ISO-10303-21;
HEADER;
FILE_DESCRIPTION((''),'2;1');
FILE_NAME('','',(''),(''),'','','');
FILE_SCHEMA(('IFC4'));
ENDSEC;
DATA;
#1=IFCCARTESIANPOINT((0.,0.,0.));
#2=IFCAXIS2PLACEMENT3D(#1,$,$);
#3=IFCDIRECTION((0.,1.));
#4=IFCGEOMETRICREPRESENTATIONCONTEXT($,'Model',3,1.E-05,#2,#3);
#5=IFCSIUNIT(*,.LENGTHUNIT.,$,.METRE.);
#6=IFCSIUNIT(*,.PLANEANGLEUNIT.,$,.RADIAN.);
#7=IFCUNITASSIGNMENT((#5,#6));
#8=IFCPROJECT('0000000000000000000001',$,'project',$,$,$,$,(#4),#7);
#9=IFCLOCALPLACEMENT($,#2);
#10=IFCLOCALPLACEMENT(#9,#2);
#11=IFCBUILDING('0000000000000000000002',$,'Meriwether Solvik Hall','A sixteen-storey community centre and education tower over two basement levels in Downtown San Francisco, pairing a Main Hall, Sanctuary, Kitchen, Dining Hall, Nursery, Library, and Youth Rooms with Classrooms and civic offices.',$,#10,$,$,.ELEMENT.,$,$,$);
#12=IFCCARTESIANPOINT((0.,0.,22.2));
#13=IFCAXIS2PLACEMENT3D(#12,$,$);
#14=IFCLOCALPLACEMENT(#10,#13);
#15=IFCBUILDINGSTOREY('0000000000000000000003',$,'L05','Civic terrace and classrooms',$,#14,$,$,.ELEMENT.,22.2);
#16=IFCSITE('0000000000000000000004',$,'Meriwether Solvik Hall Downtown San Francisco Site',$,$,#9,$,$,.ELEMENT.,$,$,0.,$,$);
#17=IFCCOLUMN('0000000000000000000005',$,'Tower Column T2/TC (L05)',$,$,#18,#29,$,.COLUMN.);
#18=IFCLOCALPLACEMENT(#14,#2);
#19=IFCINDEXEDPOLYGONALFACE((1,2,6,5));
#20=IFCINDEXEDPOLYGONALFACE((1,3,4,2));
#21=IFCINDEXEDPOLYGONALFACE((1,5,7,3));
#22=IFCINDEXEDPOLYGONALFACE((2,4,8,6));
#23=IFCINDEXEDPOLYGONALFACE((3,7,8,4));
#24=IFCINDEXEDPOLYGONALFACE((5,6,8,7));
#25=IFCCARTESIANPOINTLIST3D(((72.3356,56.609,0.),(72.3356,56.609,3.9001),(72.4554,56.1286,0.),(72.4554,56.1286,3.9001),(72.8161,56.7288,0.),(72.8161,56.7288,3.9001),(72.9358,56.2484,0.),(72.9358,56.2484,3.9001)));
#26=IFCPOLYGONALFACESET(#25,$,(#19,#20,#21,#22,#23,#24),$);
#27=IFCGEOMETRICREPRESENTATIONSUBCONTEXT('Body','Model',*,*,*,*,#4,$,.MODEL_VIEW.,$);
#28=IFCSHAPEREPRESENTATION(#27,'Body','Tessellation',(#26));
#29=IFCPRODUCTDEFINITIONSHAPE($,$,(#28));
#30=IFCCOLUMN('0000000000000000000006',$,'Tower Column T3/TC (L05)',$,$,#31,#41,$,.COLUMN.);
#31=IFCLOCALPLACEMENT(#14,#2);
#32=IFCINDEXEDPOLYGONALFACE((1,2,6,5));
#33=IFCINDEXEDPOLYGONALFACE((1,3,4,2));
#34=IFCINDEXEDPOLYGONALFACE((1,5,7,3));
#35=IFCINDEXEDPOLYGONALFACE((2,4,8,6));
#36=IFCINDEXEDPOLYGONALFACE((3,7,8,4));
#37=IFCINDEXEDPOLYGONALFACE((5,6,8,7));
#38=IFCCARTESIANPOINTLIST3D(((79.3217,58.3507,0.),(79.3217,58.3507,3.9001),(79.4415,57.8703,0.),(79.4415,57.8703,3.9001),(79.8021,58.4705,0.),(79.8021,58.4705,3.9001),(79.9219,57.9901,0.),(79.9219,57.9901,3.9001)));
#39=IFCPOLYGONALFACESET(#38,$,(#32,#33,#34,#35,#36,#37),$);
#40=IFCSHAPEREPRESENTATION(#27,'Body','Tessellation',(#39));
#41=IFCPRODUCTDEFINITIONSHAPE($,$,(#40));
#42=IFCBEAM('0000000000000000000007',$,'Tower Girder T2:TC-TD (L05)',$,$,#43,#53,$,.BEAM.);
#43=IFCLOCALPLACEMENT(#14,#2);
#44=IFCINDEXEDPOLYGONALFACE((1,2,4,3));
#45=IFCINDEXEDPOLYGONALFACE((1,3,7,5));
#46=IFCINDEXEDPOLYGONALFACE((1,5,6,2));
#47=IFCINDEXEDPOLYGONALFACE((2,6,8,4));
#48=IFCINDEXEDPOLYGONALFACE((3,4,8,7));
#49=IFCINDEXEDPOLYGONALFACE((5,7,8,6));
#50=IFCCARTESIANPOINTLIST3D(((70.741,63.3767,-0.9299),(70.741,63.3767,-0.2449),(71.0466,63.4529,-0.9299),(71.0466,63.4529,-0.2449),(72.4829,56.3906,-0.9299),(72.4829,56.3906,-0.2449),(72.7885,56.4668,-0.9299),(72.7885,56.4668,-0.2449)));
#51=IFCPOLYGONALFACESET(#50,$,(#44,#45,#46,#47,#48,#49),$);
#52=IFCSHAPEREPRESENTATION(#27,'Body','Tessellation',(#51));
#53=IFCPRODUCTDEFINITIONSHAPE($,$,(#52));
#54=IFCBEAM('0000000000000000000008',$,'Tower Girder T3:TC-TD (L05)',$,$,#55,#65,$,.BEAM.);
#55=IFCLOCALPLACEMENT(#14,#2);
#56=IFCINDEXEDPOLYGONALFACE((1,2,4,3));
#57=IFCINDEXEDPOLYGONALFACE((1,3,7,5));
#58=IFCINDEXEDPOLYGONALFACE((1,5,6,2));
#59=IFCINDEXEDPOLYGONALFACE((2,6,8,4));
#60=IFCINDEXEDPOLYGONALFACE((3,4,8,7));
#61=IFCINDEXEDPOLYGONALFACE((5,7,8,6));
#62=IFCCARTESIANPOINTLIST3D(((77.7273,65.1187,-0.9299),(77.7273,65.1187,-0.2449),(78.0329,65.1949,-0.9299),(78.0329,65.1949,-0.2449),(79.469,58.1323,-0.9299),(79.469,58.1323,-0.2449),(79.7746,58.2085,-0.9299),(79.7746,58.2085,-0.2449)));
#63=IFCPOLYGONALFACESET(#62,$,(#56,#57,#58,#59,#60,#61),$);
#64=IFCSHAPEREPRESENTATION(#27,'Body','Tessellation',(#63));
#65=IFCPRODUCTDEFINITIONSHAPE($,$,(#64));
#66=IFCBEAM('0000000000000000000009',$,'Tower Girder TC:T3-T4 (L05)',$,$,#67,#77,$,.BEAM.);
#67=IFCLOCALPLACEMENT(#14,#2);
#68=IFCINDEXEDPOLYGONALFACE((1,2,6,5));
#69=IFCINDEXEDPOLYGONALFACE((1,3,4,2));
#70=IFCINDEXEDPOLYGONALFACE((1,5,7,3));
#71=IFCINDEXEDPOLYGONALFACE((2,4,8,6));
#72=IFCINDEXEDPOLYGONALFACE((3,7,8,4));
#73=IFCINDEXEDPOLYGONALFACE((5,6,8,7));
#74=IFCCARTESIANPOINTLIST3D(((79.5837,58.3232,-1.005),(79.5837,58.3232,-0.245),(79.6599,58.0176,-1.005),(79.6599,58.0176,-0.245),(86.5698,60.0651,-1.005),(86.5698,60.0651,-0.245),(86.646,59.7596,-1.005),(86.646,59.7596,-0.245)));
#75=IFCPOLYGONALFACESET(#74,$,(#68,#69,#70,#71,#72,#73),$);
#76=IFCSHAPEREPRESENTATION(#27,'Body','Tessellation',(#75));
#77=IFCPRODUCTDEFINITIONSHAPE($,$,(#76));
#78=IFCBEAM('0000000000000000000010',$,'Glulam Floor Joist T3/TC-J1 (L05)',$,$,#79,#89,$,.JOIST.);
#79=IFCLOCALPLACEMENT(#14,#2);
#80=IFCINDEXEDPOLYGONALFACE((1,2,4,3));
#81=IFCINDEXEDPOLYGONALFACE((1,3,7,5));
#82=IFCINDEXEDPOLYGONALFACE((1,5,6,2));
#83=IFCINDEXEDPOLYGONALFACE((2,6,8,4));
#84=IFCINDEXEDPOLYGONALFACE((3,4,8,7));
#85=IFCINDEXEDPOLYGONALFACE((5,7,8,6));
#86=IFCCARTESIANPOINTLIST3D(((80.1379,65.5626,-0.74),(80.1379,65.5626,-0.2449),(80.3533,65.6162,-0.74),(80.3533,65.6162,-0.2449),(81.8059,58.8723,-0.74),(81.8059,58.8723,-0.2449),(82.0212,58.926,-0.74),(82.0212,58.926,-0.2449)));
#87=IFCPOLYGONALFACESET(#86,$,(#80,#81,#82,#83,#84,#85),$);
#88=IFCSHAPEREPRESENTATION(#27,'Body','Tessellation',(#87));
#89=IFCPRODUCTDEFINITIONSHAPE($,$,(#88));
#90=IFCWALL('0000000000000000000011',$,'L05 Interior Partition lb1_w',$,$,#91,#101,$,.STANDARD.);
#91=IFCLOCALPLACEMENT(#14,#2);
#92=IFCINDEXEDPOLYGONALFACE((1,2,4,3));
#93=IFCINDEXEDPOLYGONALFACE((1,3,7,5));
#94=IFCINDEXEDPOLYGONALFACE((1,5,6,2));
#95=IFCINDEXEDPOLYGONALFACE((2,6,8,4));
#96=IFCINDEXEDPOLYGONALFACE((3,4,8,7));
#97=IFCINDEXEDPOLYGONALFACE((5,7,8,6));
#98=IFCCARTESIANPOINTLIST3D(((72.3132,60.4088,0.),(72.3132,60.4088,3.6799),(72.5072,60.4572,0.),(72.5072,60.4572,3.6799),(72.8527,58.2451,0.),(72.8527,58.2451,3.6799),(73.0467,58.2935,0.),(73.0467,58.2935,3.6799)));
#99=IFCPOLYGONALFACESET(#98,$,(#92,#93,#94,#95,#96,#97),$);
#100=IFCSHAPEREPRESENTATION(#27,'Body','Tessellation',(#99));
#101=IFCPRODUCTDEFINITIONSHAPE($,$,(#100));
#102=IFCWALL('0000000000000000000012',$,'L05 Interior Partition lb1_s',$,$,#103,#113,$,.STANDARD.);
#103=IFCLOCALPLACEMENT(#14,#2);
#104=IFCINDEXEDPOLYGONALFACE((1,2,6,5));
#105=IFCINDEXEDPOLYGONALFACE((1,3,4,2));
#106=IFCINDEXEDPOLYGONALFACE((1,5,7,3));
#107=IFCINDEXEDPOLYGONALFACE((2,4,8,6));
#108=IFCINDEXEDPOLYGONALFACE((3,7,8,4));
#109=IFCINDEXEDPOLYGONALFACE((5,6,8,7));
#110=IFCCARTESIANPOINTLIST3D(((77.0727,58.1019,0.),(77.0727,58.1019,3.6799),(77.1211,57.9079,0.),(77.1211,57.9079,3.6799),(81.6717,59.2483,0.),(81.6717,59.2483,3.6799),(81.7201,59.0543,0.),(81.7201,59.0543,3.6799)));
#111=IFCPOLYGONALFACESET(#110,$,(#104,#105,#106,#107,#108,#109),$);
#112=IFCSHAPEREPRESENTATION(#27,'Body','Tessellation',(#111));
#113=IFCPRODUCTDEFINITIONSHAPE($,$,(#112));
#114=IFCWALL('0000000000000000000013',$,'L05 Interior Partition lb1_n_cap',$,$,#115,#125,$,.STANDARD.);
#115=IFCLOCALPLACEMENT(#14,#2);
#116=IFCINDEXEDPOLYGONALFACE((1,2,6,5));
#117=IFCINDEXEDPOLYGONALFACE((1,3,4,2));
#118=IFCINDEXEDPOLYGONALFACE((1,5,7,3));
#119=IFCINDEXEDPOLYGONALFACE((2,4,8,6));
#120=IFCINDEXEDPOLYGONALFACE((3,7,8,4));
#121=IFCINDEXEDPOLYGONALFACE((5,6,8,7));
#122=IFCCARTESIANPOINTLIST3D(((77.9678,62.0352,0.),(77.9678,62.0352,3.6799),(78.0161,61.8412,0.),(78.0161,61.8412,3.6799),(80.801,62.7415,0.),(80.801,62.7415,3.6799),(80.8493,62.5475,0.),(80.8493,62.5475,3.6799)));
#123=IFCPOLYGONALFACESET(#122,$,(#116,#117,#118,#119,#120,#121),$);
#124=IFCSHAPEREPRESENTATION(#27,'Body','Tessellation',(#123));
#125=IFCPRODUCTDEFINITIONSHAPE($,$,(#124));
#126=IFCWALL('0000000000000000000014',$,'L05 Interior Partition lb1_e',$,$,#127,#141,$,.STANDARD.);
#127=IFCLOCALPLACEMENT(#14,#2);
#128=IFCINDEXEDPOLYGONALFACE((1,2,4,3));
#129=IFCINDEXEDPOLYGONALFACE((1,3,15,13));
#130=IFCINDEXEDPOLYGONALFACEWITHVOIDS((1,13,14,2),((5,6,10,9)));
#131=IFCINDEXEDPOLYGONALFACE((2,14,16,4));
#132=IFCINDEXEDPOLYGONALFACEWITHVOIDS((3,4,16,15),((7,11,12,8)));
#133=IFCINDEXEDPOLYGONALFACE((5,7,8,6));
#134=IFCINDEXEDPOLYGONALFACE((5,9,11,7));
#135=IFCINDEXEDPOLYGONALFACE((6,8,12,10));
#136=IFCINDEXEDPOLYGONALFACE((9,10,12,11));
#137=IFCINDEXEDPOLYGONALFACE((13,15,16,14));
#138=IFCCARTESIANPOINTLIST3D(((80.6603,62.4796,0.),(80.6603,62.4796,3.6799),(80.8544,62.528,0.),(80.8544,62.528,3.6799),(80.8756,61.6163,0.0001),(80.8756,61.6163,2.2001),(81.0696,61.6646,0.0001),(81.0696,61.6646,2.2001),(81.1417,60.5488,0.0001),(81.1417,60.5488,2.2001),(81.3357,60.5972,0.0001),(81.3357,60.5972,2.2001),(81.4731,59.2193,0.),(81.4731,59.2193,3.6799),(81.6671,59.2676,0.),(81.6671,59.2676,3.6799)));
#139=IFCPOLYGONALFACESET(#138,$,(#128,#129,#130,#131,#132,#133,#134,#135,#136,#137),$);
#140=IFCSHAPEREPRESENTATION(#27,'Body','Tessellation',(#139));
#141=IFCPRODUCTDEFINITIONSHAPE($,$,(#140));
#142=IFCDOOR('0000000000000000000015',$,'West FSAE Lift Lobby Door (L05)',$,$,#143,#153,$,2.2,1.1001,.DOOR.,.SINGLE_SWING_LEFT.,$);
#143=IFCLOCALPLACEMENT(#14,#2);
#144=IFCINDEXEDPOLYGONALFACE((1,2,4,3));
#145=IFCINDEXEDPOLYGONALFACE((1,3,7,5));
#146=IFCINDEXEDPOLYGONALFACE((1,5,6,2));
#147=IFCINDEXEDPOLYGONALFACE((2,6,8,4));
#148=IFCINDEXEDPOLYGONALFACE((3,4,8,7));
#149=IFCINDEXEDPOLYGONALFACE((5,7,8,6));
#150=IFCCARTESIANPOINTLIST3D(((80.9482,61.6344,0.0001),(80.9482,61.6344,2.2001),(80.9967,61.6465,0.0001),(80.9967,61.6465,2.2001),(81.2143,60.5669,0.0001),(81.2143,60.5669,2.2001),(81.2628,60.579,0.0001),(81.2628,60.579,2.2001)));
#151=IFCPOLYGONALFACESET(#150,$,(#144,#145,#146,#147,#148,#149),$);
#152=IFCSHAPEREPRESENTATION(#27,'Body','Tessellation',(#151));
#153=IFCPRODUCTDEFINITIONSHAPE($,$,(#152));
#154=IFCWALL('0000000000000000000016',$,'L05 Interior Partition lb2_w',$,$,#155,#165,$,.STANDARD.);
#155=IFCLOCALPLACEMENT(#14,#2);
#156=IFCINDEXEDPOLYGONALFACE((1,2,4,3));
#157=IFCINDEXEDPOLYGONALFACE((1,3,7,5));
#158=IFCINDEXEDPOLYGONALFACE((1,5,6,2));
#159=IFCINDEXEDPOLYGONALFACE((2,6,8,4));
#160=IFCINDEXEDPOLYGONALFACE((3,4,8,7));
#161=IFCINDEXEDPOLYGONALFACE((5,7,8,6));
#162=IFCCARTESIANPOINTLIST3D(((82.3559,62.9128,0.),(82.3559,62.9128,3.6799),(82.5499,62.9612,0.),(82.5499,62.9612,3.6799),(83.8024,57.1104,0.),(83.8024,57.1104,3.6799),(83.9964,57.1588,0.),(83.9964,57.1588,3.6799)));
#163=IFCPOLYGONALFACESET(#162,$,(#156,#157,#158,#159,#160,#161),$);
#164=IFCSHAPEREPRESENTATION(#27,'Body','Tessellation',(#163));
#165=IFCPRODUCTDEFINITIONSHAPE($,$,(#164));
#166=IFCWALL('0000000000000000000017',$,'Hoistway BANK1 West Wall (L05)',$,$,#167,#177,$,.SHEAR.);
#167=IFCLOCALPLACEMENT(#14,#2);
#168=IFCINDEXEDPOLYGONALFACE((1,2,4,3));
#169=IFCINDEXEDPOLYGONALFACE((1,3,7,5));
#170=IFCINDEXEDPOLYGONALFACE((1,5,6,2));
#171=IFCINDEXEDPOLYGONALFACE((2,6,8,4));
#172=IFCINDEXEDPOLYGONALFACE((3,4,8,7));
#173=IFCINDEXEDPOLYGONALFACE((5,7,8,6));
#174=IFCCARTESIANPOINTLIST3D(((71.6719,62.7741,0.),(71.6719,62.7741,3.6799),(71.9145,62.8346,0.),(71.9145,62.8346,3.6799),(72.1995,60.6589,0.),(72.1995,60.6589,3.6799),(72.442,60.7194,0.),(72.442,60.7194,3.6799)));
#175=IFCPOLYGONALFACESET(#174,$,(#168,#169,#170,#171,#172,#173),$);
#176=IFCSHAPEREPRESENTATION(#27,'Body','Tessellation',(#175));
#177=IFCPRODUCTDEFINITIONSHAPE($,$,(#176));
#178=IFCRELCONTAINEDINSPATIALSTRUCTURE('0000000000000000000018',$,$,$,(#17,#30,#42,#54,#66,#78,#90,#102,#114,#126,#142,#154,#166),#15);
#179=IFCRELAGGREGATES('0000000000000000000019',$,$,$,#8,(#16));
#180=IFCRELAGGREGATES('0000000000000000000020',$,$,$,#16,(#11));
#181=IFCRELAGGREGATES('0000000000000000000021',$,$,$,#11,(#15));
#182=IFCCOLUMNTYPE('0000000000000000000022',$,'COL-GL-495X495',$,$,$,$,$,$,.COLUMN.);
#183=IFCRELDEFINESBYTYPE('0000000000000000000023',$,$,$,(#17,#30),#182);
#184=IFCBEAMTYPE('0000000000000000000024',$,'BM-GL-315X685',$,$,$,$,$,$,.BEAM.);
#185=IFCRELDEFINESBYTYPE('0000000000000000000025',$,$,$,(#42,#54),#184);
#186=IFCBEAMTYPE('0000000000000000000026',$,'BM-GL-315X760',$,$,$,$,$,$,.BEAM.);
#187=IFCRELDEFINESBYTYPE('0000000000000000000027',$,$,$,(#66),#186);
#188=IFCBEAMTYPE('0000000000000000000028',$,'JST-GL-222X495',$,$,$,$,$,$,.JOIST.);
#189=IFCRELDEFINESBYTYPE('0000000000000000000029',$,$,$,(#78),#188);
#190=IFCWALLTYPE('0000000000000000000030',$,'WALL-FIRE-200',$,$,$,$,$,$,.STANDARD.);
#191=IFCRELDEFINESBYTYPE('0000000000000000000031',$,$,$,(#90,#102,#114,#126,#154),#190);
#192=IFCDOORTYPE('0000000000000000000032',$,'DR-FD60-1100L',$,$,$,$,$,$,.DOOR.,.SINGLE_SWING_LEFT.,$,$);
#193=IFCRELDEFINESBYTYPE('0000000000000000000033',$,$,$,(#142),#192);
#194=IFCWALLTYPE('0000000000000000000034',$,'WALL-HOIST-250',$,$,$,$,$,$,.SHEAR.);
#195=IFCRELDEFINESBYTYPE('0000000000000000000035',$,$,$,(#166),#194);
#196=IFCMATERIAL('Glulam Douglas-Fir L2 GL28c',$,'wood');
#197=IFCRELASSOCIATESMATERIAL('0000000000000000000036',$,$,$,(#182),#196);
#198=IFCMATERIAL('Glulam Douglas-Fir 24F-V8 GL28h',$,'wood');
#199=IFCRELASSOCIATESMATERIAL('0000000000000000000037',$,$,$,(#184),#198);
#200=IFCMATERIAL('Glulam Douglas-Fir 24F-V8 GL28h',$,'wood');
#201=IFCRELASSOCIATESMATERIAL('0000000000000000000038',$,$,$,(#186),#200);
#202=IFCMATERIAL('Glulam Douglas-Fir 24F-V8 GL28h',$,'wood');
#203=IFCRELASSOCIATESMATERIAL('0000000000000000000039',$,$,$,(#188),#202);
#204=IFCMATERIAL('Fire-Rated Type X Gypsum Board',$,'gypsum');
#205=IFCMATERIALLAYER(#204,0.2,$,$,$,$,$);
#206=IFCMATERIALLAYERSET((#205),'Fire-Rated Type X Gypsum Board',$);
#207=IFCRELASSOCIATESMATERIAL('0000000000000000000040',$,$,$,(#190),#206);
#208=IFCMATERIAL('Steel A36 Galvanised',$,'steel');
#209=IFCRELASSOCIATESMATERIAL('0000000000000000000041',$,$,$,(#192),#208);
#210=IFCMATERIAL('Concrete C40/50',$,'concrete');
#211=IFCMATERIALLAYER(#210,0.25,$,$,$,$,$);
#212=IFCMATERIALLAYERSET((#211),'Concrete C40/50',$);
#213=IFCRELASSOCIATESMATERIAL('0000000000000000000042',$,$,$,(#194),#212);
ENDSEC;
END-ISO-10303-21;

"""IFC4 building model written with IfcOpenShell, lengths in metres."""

from ifc_helpers import new_model, si_unit, direction, frame, frame_2d, origin, origin_2d, place, context, subcontext, project, spatial, rectangle, extrude, material, layer, layer_set, material_profile, profile_set, type_object, element, fill, save


model = new_model("IFC4")

# Units and contexts
model_context = context("Model", 3, precision=1e-05, world=origin(), true_north=direction((0.0, 1.0)))
body_context = subcontext(model_context, "Body", "Model", "MODEL_VIEW")
ifc_project = project(units=[si_unit("LENGTHUNIT", "METRE"), si_unit("PLANEANGLEUNIT", "RADIAN")], contexts=[model_context])

# Site, building, storey
site_placement = place(None, origin())
site = spatial("IfcSite", under=ifc_project, at=site_placement, Name="Meriwether Solvik Hall Downtown San Francisco Site", CompositionType="ELEMENT", RefElevation=0.0)
building_placement = place(site_placement, origin())
building = spatial("IfcBuilding", under=site, at=building_placement, Name="Meriwether Solvik Hall", Description="A sixteen-storey community centre and education tower over two basement levels in Downtown San Francisco, pairing a Main Hall, Sanctuary, Kitchen, Dining Hall, Nursery, Library, and Youth Rooms with Classrooms and civic offices.", CompositionType="ELEMENT")
storey_placement = place(building_placement, frame((0.0, 0.0, 22.2)))
storey = spatial("IfcBuildingStorey", under=building, at=storey_placement, Name="L05", Description="Civic terrace and classrooms", CompositionType="ELEMENT", Elevation=22.2)

# Columns
ifc_material_1 = material(Name="Glulam Douglas-Fir L2 GL28c", Category="wood")
ifc_material_profile_1 = material_profile(ifc_material_1, rectangle(XDim=0.4951, YDim=0.4951, at=origin_2d()), Name="GLC-495X495")
ifc_profile_set_1 = profile_set([ifc_material_profile_1], Name="Glulam Douglas-Fir L2 GL28c")
column_type = type_object("IfcColumnType", Name="COL-GL-495X495", PredefinedType="COLUMN", material=ifc_profile_set_1)
for number, where, z_axis, x_axis, name in (
    (1, (72.6357, 56.4287, 0.0), (0.0, 0.0, 1.0), (0.970296, 0.241922, 0.0), "Tower Column T2/TC (L05)"),
    (2, (79.6218, 58.1704, 0.0), (0.0, 0.0, 1.0), (0.970296, 0.241922, 0.0), "Tower Column T3/TC (L05)"),
):
    element("IfcColumn", number, at=place(storey_placement, frame(where, z_axis=z_axis, x_axis=x_axis)), inside=storey, type_object=column_type, Name=name, PredefinedType="COLUMN", context=body_context, shape_type="SweptSolid", body=[
        extrude(rectangle(XDim=0.4951, YDim=0.4951, at=origin_2d()), origin(), (0.0, 0.0, 1.0), 3.9001),
    ])

# Beams
ifc_material_2 = material(Name="Glulam Douglas-Fir 24F-V8 GL28h", Category="wood")
ifc_material_profile_2 = material_profile(ifc_material_2, rectangle(XDim=0.3149, YDim=0.6851, at=origin_2d()), Name="GLB-315X685")
ifc_profile_set_2 = profile_set([ifc_material_profile_2], Name="Glulam Douglas-Fir 24F-V8 GL28h")
beam_type_1 = type_object("IfcBeamType", Name="BM-GL-315X685", PredefinedType="BEAM", material=ifc_profile_set_2)
beam_1_placement = place(storey_placement, frame((72.6357, 56.4287, -0.5874), z_axis=(-0.241937, 0.970292, 0.0), x_axis=(-0.970292, -0.241937, 0.0)))
element("IfcBeam", 3, at=beam_1_placement, inside=storey, type_object=beam_type_1, Name="Tower Girder T2:TC-TD (L05)", PredefinedType="BEAM", context=body_context, shape_type="SweptSolid", body=[
    extrude(rectangle(XDim=0.3149, YDim=0.6851, at=origin_2d()), origin(), (0.0, 0.0, 1.0), 7.2),
])
beam_2_placement = place(storey_placement, frame((79.6218, 58.1704, -0.5874), z_axis=(-0.241897, 0.970302, 0.0), x_axis=(-0.970302, -0.241897, 0.0)))
element("IfcBeam", 4, at=beam_2_placement, inside=storey, type_object=beam_type_1, Name="Tower Girder T3:TC-TD (L05)", PredefinedType="BEAM", context=body_context, shape_type="SweptSolid", body=[
    extrude(rectangle(XDim=0.3149, YDim=0.6851, at=origin_2d()), origin(), (0.0, 0.0, 1.0), 7.2002),
])
ifc_material_3 = material(Name="Glulam Douglas-Fir 24F-V8 GL28h", Category="wood")
ifc_material_profile_3 = material_profile(ifc_material_3, rectangle(XDim=0.3149, YDim=0.76, at=origin_2d()), Name="GLB-315X760")
ifc_profile_set_3 = profile_set([ifc_material_profile_3], Name="Glulam Douglas-Fir 24F-V8 GL28h")
beam_type_2 = type_object("IfcBeamType", Name="BM-GL-315X760", PredefinedType="BEAM", material=ifc_profile_set_3)
beam_3_placement = place(storey_placement, frame((79.6218, 58.1704, -0.625), z_axis=(0.970292, 0.241937, 0.0), x_axis=(-0.241937, 0.970292, 0.0)))
element("IfcBeam", 5, at=beam_3_placement, inside=storey, type_object=beam_type_2, Name="Tower Girder TC:T3-T4 (L05)", PredefinedType="BEAM", context=body_context, shape_type="SweptSolid", body=[
    extrude(rectangle(XDim=0.3149, YDim=0.76, at=origin_2d()), origin(), (0.0, 0.0, 1.0), 7.2),
])
ifc_material_4 = material(Name="Glulam Douglas-Fir 24F-V8 GL28h", Category="wood")
ifc_material_profile_4 = material_profile(ifc_material_4, rectangle(XDim=0.2219, YDim=0.4951, at=origin_2d()), Name="GLJ-222X495")
ifc_profile_set_4 = profile_set([ifc_material_profile_4], Name="Glulam Douglas-Fir 24F-V8 GL28h")
beam_type_3 = type_object("IfcBeamType", Name="JST-GL-222X495", PredefinedType="JOIST", material=ifc_profile_set_4)
beam_4_placement = place(storey_placement, frame((81.9136, 58.8992, -0.4924), z_axis=(-0.241911, 0.970299, 0.0), x_axis=(-0.970299, -0.241911, 0.0)))
element("IfcBeam", 6, at=beam_4_placement, inside=storey, type_object=beam_type_3, Name="Glulam Floor Joist T3/TC-J1 (L05)", PredefinedType="JOIST", context=body_context, shape_type="SweptSolid", body=[
    extrude(rectangle(XDim=0.2219, YDim=0.4951, at=origin_2d()), origin(), (0.0, 0.0, 1.0), 6.895),
])

# Walls
ifc_material_5 = material(Name="Fire-Rated Type X Gypsum Board", Category="gypsum")
ifc_layer_1 = layer(ifc_material_5, 0.2)
ifc_layer_set_1 = layer_set([ifc_layer_1], Name="Fire-Rated Type X Gypsum Board")
wall_type_1 = type_object("IfcWallType", Name="WALL-FIRE-200", PredefinedType="STANDARD", material=ifc_layer_set_1)
wall_1_placement = place(storey_placement, frame((72.9497, 58.2693, 0.0), z_axis=(0.0, 0.0, 1.0), x_axis=(-0.241943, 0.97029, 0.0)))
element("IfcWall", 7, at=wall_1_placement, inside=storey, type_object=wall_type_1, Name="L05 Interior Partition lb1_w", PredefinedType="STANDARD", context=body_context, shape_type="SweptSolid", body=[
    extrude(rectangle(XDim=2.23, YDim=0.2, at=frame_2d((1.115, 0.0))), origin(), (0.0, 0.0, 1.0), 3.6799),
])
wall_2_placement = place(storey_placement, frame((77.0969, 58.0049, 0.0), z_axis=(0.0, 0.0, 1.0), x_axis=(0.970306, 0.241881, 0.0)))
element("IfcWall", 8, at=wall_2_placement, inside=storey, type_object=wall_type_1, Name="L05 Interior Partition lb1_s", PredefinedType="STANDARD", context=body_context, shape_type="SweptSolid", body=[
    extrude(rectangle(XDim=4.7397, YDim=0.2, at=frame_2d((2.3699, 0.0))), origin(), (0.0, 0.0, 1.0), 3.6799),
])
wall_3_placement = place(storey_placement, frame((77.9919, 61.9382, 0.0), z_axis=(0.0, 0.0, 1.0), x_axis=(0.970305, 0.241886, 0.0)))
element("IfcWall", 9, at=wall_3_placement, inside=storey, type_object=wall_type_1, Name="L05 Interior Partition lb1_n_cap", PredefinedType="STANDARD", context=body_context, shape_type="SweptSolid", body=[
    extrude(rectangle(XDim=2.9199, YDim=0.2, at=frame_2d((1.46, 0.0))), origin(), (0.0, 0.0, 1.0), 3.6799),
])

# Wall, opening, door
wall_4_placement = place(storey_placement, frame((80.7573, 62.5039, 0.0), z_axis=(0.0, 0.0, 1.0), x_axis=(0.241886, -0.970305, 0.0)))
wall_4 = element("IfcWall", 10, at=wall_4_placement, inside=storey, type_object=wall_type_1, Name="L05 Interior Partition lb1_e", PredefinedType="STANDARD", context=body_context, shape_type="SweptSolid", body=[
    extrude(rectangle(XDim=3.3601, YDim=0.2, at=frame_2d((1.6802, 0.0))), origin(), (0.0, 0.0, 1.0), 3.6799),
])
opening_1_placement = place(wall_4_placement, frame((0.8899, 0.0, 0.0)))
opening_1 = element("IfcOpeningElement", 11, at=opening_1_placement, cuts=wall_4, PredefinedType="OPENING", context=body_context, shape_type="SweptSolid", body=[
    extrude(rectangle(XDim=1.1001, YDim=2.2, at=frame_2d((0.55, 1.1001))), frame((0.0, 0.1118, 0.0), z_axis=(0.0, -1.0, 0.0), x_axis=(1.0, 0.0, 0.0)), (0.0, 0.0, 1.0), 0.2239),
])
ifc_material_6 = material(Name="Steel A36 Galvanised", Category="steel")
door_type_1 = type_object("IfcDoorType", Name="DR-FD60-1100L", OperationType="SINGLE_SWING_LEFT", PredefinedType="DOOR", material=ifc_material_6)
door_1_placement = place(opening_1_placement, origin())
door_1 = element("IfcDoor", 12, at=door_1_placement, inside=storey, type_object=door_type_1, Name="West FSAE Lift Lobby Door (L05)", OperationType="SINGLE_SWING_LEFT", OverallHeight=2.2, OverallWidth=1.1001, PredefinedType="DOOR", context=body_context, shape_type="SweptSolid", body=[
    extrude(rectangle(XDim=1.1001, YDim=2.2, at=frame_2d((0.55, 1.1001))), frame((0.0, 0.0249, 0.0), z_axis=(0.0, -1.0, 0.0), x_axis=(1.0, 0.0, 0.0)), (0.0, 0.0, 1.0), 0.05),
])
fill(opening_1, door_1)

# Walls
wall_5_placement = place(storey_placement, frame((82.4529, 62.937, 0.0), z_axis=(0.0, 0.0, 1.0), x_axis=(0.241892, -0.970303, 0.0)))
element("IfcWall", 13, at=wall_5_placement, inside=storey, type_object=wall_type_1, Name="L05 Interior Partition lb2_w", PredefinedType="STANDARD", context=body_context, shape_type="SweptSolid", body=[
    extrude(rectangle(XDim=5.98, YDim=0.2, at=frame_2d((2.99, 0.0))), origin(), (0.0, 0.0, 1.0), 3.6799),
])
ifc_material_7 = material(Name="Concrete C40/50", Category="concrete")
ifc_layer_2 = layer(ifc_material_7, 0.25)
ifc_layer_set_2 = layer_set([ifc_layer_2], Name="Concrete C40/50")
wall_type_2 = type_object("IfcWallType", Name="WALL-HOIST-250", PredefinedType="SHEAR", material=ifc_layer_set_2)
for number, where, z_axis, x_axis, name in (
    (14, (71.7932, 62.8042, 0.0), (0.0, 0.0, 1.0), (0.242009, -0.970274, 0.0), "Hoistway BANK1 West Wall (L05)"),
):
    element("IfcWall", number, at=place(storey_placement, frame(where, z_axis=z_axis, x_axis=x_axis)), inside=storey, type_object=wall_type_2, Name=name, PredefinedType="SHEAR", context=body_context, shape_type="SweptSolid", body=[
        extrude(rectangle(XDim=2.1799, YDim=0.25, at=frame_2d((1.0898, 0.0))), origin(), (0.0, 0.0, 1.0), 3.6799),
    ])

save(model, "model.ifc")
